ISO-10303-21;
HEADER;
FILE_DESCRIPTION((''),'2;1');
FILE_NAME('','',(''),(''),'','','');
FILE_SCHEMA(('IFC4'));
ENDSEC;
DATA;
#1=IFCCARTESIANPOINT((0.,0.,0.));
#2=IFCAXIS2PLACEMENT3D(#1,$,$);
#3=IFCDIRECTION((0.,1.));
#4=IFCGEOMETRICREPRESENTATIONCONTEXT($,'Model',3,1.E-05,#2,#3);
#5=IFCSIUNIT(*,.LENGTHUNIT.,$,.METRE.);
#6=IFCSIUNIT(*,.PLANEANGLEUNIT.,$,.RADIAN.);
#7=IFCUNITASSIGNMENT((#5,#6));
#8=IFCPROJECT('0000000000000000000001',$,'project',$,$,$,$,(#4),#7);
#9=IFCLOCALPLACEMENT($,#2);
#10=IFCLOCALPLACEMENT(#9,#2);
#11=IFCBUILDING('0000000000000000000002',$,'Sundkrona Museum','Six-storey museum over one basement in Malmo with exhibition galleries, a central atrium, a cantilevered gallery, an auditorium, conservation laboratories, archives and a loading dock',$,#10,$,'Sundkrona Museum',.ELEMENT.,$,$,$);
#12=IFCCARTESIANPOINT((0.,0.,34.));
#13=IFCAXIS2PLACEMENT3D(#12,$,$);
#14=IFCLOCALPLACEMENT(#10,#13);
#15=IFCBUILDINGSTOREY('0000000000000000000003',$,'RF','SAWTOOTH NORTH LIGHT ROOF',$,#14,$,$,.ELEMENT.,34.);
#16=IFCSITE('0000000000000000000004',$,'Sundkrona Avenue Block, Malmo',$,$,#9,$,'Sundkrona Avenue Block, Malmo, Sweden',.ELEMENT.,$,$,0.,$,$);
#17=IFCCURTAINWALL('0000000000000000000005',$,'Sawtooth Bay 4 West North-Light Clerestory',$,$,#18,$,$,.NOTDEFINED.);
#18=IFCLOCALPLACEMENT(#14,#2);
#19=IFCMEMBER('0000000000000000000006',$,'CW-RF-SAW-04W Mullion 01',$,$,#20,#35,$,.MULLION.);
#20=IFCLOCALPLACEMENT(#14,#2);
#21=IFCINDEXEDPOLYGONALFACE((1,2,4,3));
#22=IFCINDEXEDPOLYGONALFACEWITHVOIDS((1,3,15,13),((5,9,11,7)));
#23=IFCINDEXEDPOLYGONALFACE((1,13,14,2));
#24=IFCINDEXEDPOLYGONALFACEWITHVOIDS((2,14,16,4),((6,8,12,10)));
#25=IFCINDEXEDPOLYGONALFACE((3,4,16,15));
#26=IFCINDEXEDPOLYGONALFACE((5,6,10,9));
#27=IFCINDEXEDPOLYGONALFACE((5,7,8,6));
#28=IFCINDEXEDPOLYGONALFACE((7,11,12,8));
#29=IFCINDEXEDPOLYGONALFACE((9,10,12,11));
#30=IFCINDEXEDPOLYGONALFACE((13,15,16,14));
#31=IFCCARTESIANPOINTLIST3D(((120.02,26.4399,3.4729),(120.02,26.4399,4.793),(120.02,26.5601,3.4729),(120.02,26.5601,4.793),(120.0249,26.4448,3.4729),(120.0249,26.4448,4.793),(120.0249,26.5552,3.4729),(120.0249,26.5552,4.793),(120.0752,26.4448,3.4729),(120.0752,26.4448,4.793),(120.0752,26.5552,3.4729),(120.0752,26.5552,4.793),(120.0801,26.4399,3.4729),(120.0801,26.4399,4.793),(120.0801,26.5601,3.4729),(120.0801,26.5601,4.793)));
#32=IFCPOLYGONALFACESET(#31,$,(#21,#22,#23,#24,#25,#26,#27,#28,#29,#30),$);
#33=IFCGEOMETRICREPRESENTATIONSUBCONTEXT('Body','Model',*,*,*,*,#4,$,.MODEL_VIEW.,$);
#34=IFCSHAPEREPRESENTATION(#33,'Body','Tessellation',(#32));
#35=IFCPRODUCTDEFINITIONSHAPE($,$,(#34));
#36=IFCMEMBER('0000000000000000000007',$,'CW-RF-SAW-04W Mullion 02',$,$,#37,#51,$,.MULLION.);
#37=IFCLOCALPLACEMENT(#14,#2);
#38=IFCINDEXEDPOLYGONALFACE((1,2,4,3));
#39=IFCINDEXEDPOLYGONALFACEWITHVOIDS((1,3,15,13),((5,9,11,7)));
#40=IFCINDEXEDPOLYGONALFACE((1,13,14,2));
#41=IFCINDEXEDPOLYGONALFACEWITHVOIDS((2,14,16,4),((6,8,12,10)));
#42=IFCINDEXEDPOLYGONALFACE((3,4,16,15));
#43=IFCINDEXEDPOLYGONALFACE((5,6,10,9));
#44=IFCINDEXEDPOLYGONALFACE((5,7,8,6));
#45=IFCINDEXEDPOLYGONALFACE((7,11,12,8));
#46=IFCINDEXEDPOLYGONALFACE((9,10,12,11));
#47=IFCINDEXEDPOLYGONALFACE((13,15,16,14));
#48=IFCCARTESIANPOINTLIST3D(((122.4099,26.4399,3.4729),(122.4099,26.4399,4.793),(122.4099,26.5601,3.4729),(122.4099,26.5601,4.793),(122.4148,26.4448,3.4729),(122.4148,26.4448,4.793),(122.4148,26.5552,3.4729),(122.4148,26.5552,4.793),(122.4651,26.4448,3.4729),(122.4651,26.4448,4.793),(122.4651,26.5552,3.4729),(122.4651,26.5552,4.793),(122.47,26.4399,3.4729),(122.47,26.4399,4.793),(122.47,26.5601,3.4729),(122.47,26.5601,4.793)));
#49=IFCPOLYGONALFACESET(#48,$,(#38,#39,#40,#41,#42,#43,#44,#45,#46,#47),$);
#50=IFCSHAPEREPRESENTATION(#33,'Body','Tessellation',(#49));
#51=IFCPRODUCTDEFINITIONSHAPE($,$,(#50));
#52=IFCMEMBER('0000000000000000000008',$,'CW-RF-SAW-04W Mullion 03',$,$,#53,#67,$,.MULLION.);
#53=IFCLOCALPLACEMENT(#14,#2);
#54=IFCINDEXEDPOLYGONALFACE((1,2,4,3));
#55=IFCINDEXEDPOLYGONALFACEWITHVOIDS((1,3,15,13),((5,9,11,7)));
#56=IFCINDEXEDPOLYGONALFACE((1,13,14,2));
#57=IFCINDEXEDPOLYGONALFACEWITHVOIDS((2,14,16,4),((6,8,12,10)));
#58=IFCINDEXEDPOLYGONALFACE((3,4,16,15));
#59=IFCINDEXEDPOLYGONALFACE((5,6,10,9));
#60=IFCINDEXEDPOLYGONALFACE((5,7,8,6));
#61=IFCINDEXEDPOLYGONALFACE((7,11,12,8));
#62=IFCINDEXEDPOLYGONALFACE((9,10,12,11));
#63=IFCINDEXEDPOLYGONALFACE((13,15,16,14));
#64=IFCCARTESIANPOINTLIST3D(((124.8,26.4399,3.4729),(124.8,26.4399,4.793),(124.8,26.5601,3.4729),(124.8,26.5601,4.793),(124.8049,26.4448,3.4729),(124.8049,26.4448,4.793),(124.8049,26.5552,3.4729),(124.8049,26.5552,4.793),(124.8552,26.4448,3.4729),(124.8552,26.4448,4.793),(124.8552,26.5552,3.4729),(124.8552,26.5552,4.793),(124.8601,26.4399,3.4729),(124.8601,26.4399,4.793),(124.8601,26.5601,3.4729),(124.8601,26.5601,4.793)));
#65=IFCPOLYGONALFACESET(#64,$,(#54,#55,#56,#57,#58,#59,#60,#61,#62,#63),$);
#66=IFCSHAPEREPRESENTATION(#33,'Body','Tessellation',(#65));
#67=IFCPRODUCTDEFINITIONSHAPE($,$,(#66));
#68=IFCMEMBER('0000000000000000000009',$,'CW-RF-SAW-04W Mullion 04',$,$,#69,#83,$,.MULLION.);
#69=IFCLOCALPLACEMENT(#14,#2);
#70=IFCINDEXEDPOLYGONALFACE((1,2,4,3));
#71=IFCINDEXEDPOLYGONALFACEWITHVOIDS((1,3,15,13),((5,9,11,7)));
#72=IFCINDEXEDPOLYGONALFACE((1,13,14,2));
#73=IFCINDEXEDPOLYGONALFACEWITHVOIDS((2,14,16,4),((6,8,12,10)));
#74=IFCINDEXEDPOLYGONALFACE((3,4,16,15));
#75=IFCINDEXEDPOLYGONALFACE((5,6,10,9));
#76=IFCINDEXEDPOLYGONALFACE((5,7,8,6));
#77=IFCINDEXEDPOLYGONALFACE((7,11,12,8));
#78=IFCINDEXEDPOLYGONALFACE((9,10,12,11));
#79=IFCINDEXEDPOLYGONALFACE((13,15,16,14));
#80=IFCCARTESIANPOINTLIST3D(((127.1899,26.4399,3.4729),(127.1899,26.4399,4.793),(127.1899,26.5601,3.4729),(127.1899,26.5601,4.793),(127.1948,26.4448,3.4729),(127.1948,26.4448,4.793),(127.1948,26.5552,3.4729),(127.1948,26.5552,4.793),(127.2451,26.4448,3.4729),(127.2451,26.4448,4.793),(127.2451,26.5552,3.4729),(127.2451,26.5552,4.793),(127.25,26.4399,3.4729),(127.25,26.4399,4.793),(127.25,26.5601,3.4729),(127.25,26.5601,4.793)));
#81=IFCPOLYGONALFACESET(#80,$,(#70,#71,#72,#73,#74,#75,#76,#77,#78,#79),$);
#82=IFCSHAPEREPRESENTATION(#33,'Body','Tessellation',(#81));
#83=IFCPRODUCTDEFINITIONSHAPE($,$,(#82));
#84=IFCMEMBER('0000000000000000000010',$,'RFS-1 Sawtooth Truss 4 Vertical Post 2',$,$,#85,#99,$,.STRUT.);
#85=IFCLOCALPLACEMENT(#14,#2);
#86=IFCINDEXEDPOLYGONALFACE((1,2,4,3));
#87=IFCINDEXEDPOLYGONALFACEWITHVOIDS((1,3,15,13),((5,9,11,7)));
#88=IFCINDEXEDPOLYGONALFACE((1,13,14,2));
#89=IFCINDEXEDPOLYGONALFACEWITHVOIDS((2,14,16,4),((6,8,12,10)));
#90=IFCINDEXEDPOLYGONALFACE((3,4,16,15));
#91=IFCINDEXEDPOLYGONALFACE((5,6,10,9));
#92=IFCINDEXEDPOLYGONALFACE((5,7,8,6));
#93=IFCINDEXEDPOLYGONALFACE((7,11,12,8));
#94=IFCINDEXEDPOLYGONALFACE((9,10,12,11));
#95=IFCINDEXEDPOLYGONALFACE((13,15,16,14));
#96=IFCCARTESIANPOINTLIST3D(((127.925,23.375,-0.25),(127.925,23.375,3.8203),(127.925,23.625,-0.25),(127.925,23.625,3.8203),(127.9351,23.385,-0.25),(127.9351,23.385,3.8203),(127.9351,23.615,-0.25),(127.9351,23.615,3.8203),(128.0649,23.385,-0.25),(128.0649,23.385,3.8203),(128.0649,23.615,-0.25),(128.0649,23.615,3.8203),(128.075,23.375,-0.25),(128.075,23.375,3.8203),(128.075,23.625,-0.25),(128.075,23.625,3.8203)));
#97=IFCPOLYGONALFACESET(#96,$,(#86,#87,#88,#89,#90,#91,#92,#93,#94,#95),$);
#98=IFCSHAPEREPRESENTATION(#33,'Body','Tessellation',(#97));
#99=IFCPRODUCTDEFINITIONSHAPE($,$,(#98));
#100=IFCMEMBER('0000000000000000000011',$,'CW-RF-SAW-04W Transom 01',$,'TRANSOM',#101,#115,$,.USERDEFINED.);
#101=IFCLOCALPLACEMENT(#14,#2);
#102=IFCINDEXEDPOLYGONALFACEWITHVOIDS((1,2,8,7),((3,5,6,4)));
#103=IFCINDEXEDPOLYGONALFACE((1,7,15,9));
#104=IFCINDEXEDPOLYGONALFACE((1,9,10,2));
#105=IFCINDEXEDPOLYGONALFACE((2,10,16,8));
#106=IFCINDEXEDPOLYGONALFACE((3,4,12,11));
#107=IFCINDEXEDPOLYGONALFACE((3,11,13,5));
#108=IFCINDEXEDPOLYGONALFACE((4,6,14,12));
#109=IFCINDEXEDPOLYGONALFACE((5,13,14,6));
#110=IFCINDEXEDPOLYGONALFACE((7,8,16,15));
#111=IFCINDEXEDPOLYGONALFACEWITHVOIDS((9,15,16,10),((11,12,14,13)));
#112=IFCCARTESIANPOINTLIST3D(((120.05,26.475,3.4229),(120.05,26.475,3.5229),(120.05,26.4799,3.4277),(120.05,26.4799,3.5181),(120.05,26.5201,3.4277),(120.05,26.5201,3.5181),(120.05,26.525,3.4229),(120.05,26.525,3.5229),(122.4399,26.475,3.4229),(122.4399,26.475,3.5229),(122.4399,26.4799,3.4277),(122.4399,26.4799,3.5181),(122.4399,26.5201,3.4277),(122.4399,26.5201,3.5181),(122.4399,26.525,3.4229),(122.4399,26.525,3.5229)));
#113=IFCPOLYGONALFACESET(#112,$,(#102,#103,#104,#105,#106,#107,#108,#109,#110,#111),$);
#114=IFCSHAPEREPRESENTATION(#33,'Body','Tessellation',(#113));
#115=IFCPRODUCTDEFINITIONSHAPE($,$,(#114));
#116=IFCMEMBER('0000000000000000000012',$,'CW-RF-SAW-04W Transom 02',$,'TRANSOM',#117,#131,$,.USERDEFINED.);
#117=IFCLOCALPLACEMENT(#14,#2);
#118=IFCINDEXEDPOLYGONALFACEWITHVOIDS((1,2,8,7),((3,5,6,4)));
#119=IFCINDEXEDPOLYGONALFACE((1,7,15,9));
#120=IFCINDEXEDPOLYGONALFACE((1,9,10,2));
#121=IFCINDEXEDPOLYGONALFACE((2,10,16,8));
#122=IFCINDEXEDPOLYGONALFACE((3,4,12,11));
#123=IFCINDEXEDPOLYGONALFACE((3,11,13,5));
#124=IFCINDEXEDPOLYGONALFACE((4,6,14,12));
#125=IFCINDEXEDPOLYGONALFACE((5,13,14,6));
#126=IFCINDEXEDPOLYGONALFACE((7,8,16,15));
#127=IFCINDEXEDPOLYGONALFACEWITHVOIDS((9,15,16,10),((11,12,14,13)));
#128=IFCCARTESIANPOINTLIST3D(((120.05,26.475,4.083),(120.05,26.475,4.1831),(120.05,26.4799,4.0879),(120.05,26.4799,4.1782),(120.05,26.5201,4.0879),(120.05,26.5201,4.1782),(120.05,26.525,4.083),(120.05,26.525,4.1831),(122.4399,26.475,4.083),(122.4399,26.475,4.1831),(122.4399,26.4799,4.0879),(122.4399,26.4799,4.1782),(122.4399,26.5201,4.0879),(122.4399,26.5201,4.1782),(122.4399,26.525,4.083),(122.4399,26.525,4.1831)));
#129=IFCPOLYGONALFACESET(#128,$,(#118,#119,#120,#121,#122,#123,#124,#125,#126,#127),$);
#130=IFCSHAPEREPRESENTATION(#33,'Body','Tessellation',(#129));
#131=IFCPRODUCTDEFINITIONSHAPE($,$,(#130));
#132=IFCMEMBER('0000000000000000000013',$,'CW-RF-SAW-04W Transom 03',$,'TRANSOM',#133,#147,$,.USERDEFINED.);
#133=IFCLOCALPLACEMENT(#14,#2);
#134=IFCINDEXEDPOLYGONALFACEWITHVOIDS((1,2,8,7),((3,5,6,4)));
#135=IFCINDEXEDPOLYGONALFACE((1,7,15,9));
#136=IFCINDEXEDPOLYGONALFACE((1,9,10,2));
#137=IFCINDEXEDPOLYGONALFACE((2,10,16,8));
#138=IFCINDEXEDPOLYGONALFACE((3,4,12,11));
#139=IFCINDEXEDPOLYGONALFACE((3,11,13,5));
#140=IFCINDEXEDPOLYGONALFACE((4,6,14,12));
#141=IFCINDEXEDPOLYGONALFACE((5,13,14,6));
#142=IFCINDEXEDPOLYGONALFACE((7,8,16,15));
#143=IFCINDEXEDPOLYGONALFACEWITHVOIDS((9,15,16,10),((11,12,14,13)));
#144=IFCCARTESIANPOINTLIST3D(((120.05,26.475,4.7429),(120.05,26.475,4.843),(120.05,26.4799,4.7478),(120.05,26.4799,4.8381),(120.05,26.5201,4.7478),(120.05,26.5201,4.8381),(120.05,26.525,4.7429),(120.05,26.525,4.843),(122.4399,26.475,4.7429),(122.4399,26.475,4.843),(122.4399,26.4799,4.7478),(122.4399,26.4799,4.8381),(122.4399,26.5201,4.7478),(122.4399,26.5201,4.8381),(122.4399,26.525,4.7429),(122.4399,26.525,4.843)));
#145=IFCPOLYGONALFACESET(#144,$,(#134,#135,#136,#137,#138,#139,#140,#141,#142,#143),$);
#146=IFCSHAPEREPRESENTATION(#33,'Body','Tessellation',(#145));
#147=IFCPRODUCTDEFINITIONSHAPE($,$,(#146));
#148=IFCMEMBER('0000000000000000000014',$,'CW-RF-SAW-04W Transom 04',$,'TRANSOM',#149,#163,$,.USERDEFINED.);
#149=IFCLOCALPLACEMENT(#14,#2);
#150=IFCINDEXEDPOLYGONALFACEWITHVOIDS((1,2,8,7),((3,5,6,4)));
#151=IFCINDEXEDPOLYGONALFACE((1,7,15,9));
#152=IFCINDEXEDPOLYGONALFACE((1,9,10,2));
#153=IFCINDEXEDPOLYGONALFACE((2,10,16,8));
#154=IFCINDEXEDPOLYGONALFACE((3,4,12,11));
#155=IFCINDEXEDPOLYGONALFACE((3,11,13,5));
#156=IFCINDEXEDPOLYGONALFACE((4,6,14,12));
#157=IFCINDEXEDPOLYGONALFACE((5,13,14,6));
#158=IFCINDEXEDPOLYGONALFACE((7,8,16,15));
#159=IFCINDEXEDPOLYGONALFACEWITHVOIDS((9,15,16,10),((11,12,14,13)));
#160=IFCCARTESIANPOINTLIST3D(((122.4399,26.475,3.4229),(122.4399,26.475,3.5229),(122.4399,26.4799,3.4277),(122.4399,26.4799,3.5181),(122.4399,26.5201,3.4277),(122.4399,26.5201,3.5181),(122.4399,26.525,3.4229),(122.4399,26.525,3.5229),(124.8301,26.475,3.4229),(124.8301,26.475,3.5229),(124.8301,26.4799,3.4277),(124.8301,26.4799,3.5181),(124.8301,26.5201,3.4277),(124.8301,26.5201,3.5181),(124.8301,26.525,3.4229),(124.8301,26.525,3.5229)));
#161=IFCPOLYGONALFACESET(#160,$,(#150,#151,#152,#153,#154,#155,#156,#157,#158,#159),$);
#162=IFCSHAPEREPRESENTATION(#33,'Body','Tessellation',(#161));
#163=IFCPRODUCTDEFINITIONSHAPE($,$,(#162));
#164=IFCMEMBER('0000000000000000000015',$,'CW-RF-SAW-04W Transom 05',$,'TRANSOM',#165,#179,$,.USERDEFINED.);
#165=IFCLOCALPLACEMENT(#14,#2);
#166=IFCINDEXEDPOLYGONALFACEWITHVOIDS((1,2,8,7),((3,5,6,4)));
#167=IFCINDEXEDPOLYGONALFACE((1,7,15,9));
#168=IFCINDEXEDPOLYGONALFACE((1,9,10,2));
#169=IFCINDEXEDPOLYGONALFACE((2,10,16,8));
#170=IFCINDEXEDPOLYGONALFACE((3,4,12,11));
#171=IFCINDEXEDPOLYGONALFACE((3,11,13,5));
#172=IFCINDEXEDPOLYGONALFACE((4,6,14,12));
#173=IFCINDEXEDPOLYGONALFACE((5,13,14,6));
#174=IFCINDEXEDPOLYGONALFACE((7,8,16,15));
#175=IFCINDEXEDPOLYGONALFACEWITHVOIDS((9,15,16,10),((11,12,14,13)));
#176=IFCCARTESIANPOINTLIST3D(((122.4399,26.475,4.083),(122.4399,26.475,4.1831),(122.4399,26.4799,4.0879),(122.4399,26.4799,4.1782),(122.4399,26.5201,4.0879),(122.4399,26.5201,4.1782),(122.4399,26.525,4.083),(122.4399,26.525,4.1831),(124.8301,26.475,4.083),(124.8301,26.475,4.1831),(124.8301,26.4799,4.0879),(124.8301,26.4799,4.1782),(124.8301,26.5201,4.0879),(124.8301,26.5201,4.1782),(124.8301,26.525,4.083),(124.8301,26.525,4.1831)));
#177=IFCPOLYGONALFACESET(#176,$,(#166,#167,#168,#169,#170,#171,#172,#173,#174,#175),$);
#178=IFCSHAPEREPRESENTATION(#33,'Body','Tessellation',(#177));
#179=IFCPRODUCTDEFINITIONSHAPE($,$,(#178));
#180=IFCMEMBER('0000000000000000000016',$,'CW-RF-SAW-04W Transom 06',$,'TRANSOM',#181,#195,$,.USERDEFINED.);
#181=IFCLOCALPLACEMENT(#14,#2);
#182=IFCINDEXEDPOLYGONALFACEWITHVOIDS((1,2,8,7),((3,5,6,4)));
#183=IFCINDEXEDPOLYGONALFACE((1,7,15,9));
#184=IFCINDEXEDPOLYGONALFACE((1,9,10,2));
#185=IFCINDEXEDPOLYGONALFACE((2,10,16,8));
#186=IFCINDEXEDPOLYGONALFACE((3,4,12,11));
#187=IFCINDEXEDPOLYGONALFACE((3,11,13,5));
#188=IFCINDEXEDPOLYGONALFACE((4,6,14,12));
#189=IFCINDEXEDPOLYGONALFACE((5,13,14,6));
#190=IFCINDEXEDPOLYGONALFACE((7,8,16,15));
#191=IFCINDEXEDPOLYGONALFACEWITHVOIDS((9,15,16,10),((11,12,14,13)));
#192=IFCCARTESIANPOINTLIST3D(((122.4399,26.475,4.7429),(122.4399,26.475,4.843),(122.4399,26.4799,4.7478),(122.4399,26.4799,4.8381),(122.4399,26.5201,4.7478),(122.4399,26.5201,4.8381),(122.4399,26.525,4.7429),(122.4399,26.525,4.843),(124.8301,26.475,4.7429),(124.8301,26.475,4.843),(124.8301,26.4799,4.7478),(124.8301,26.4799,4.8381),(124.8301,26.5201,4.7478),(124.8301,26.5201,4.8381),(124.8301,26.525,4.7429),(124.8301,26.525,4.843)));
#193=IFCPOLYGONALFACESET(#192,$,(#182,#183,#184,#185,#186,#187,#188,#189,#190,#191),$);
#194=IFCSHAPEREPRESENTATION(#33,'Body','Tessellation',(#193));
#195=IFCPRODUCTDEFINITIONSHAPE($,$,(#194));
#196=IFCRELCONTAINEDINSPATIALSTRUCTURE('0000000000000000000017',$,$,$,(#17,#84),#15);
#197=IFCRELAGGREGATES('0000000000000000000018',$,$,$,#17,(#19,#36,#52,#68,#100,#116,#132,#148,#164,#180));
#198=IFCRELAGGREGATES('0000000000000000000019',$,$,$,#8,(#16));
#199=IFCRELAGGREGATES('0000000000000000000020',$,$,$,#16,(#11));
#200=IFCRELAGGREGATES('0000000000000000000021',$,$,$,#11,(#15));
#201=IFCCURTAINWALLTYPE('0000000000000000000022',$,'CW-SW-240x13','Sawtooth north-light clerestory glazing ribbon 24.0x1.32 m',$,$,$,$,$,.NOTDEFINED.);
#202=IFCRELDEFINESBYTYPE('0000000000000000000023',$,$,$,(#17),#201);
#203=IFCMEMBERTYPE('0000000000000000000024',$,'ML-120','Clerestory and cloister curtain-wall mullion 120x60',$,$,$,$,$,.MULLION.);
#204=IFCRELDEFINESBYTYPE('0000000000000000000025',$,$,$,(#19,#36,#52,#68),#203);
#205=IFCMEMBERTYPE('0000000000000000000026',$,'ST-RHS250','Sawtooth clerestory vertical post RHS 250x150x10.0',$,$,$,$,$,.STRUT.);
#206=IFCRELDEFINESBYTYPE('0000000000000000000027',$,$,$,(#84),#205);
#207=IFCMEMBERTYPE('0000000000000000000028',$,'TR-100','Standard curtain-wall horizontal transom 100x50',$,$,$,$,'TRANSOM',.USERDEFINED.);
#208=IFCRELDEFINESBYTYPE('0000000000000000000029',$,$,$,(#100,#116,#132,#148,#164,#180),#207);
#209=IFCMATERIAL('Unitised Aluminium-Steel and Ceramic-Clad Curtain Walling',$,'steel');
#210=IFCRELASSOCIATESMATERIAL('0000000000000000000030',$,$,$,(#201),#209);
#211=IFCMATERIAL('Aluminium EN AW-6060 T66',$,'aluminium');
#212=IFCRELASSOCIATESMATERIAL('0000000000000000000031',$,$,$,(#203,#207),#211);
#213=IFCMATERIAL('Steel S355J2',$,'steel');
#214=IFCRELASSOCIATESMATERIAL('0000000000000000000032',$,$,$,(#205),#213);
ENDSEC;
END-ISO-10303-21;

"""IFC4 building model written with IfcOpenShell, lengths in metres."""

from ifc_helpers import new_model, si_unit, direction, frame, origin, origin_2d, place, context, subcontext, project, spatial, hollow_rectangle, extrude, material, material_profile, profile_set, type_object, element, aggregate, save


model = new_model("IFC4")

# Units and contexts
model_context = context("Model", 3, precision=1e-05, world=origin(), true_north=direction((0.0, 1.0)))
body_context = subcontext(model_context, "Body", "Model", "MODEL_VIEW")
ifc_project = project(units=[si_unit("LENGTHUNIT", "METRE"), si_unit("PLANEANGLEUNIT", "RADIAN")], contexts=[model_context])

# Site, building, storey
site_placement = place(None, origin())
site = spatial("IfcSite", under=ifc_project, at=site_placement, Name="Sundkrona Avenue Block, Malmo", LongName="Sundkrona Avenue Block, Malmo, Sweden", CompositionType="ELEMENT", RefElevation=0.0)
building_placement = place(site_placement, origin())
building = spatial("IfcBuilding", under=site, at=building_placement, Name="Sundkrona Museum", Description="Six-storey museum over one basement in Malmo with exhibition galleries, a central atrium, a cantilevered gallery, an auditorium, conservation laboratories, archives and a loading dock", LongName="Sundkrona Museum", CompositionType="ELEMENT")
storey_placement = place(building_placement, frame((0.0, 0.0, 34.0)))
storey = spatial("IfcBuildingStorey", under=building, at=storey_placement, Name="RF", Description="SAWTOOTH NORTH LIGHT ROOF", CompositionType="ELEMENT", Elevation=34.0)

# Curtain wall, members
ifc_material_1 = material(Name="Unitised Aluminium-Steel and Ceramic-Clad Curtain Walling", Category="steel")
curtain_wall_type = type_object("IfcCurtainWallType", Name="CW-SW-240x13", Description="Sawtooth north-light clerestory glazing ribbon 24.0x1.32 m", PredefinedType="NOTDEFINED", material=ifc_material_1)
curtain_wall_placement = place(storey_placement, origin())
curtain_wall = element("IfcCurtainWall", 1, at=curtain_wall_placement, inside=storey, type_object=curtain_wall_type, Name="Sawtooth Bay 4 West North-Light Clerestory", PredefinedType="NOTDEFINED")
ifc_material_2 = material(Name="Aluminium EN AW-6060 T66", Category="aluminium")
ifc_material_profile_1 = material_profile(ifc_material_2, hollow_rectangle(XDim=0.0601, YDim=0.1201, WallThickness=0.0049, at=origin_2d()), Name="RHS 120x60x5.0")
ifc_profile_set_1 = profile_set([ifc_material_profile_1], Name="Aluminium EN AW-6060 T66")
member_type_1 = type_object("IfcMemberType", Name="ML-120", Description="Clerestory and cloister curtain-wall mullion 120x60", PredefinedType="MULLION", material=ifc_profile_set_1)
member_1_placement = place(storey_placement, frame((120.05, 26.5, 3.4729), z_axis=(0.0, 0.0, 1.0), x_axis=(1.0, 0.0, 0.0)))
member_1 = element("IfcMember", 2, at=member_1_placement, type_object=member_type_1, Name="CW-RF-SAW-04W Mullion 01", PredefinedType="MULLION", context=body_context, shape_type="SweptSolid", body=[
    extrude(hollow_rectangle(XDim=0.0601, YDim=0.1201, WallThickness=0.0049, at=origin_2d()), origin(), (0.0, 0.0, 1.0), 1.3201),
])
member_2_placement = place(storey_placement, frame((122.4399, 26.5, 3.4729), z_axis=(0.0, 0.0, 1.0), x_axis=(1.0, 0.0, 0.0)))
member_2 = element("IfcMember", 3, at=member_2_placement, type_object=member_type_1, Name="CW-RF-SAW-04W Mullion 02", PredefinedType="MULLION", context=body_context, shape_type="SweptSolid", body=[
    extrude(hollow_rectangle(XDim=0.0601, YDim=0.1201, WallThickness=0.0049, at=origin_2d()), origin(), (0.0, 0.0, 1.0), 1.3201),
])
member_3_placement = place(storey_placement, frame((124.8301, 26.5, 3.4729), z_axis=(0.0, 0.0, 1.0), x_axis=(1.0, 0.0, 0.0)))
member_3 = element("IfcMember", 4, at=member_3_placement, type_object=member_type_1, Name="CW-RF-SAW-04W Mullion 03", PredefinedType="MULLION", context=body_context, shape_type="SweptSolid", body=[
    extrude(hollow_rectangle(XDim=0.0601, YDim=0.1201, WallThickness=0.0049, at=origin_2d()), origin(), (0.0, 0.0, 1.0), 1.3201),
])
member_4_placement = place(storey_placement, frame((127.22, 26.5, 3.4729), z_axis=(0.0, 0.0, 1.0), x_axis=(1.0, 0.0, 0.0)))
member_4 = element("IfcMember", 5, at=member_4_placement, type_object=member_type_1, Name="CW-RF-SAW-04W Mullion 04", PredefinedType="MULLION", context=body_context, shape_type="SweptSolid", body=[
    extrude(hollow_rectangle(XDim=0.0601, YDim=0.1201, WallThickness=0.0049, at=origin_2d()), origin(), (0.0, 0.0, 1.0), 1.3201),
])

# Members
ifc_material_3 = material(Name="Steel S355J2", Category="steel")
ifc_material_profile_2 = material_profile(ifc_material_3, hollow_rectangle(XDim=0.1499, YDim=0.25, WallThickness=0.01, at=origin_2d()), Name="RHS 250x150x10.0")
ifc_profile_set_2 = profile_set([ifc_material_profile_2], Name="Steel S355J2")
member_type_2 = type_object("IfcMemberType", Name="ST-RHS250", Description="Sawtooth clerestory vertical post RHS 250x150x10.0", PredefinedType="STRUT", material=ifc_profile_set_2)
member_5_placement = place(storey_placement, frame((128.0, 23.5, -0.25), z_axis=(0.0, 0.0, 1.0), x_axis=(1.0, 0.0, 0.0)))
element("IfcMember", 6, at=member_5_placement, inside=storey, type_object=member_type_2, Name="RFS-1 Sawtooth Truss 4 Vertical Post 2", PredefinedType="STRUT", context=body_context, shape_type="SweptSolid", body=[
    extrude(hollow_rectangle(XDim=0.1499, YDim=0.25, WallThickness=0.01, at=origin_2d()), origin(), (0.0, 0.0, 1.0), 4.0703),
])
ifc_material_profile_3 = material_profile(ifc_material_2, hollow_rectangle(XDim=0.05, YDim=0.1001, WallThickness=0.0049, at=origin_2d()), Name="RHS 100x50x5.0")
ifc_profile_set_3 = profile_set([ifc_material_profile_3], Name="Aluminium EN AW-6060 T66")
member_type_3 = type_object("IfcMemberType", Name="TR-100", Description="Standard curtain-wall horizontal transom 100x50", ElementType="TRANSOM", PredefinedType="USERDEFINED", material=ifc_profile_set_3)
member_6_placement = place(storey_placement, frame((120.05, 26.5, 3.4729), z_axis=(1.0, 0.0, 0.0), x_axis=(0.0, 1.0, 0.0)))
member_6 = element("IfcMember", 7, at=member_6_placement, type_object=member_type_3, Name="CW-RF-SAW-04W Transom 01", ObjectType="TRANSOM", PredefinedType="USERDEFINED", context=body_context, shape_type="SweptSolid", body=[
    extrude(hollow_rectangle(XDim=0.05, YDim=0.1001, WallThickness=0.0049, at=origin_2d()), origin(), (0.0, 0.0, 1.0), 2.3899),
])
member_7_placement = place(storey_placement, frame((120.05, 26.5, 4.1331), z_axis=(1.0, 0.0, 0.0), x_axis=(0.0, 1.0, 0.0)))
member_7 = element("IfcMember", 8, at=member_7_placement, type_object=member_type_3, Name="CW-RF-SAW-04W Transom 02", ObjectType="TRANSOM", PredefinedType="USERDEFINED", context=body_context, shape_type="SweptSolid", body=[
    extrude(hollow_rectangle(XDim=0.05, YDim=0.1001, WallThickness=0.0049, at=origin_2d()), origin(), (0.0, 0.0, 1.0), 2.3899),
])
member_8_placement = place(storey_placement, frame((120.05, 26.5, 4.793), z_axis=(1.0, 0.0, 0.0), x_axis=(0.0, 1.0, 0.0)))
member_8 = element("IfcMember", 9, at=member_8_placement, type_object=member_type_3, Name="CW-RF-SAW-04W Transom 03", ObjectType="TRANSOM", PredefinedType="USERDEFINED", context=body_context, shape_type="SweptSolid", body=[
    extrude(hollow_rectangle(XDim=0.05, YDim=0.1001, WallThickness=0.0049, at=origin_2d()), origin(), (0.0, 0.0, 1.0), 2.3899),
])
member_9_placement = place(storey_placement, frame((122.4399, 26.5, 3.4729), z_axis=(1.0, 0.0, 0.0), x_axis=(0.0, 1.0, 0.0)))
member_9 = element("IfcMember", 10, at=member_9_placement, type_object=member_type_3, Name="CW-RF-SAW-04W Transom 04", ObjectType="TRANSOM", PredefinedType="USERDEFINED", context=body_context, shape_type="SweptSolid", body=[
    extrude(hollow_rectangle(XDim=0.05, YDim=0.1001, WallThickness=0.0049, at=origin_2d()), origin(), (0.0, 0.0, 1.0), 2.3901),
])
member_10_placement = place(storey_placement, frame((122.4399, 26.5, 4.1331), z_axis=(1.0, 0.0, 0.0), x_axis=(0.0, 1.0, 0.0)))
member_10 = element("IfcMember", 11, at=member_10_placement, type_object=member_type_3, Name="CW-RF-SAW-04W Transom 05", ObjectType="TRANSOM", PredefinedType="USERDEFINED", context=body_context, shape_type="SweptSolid", body=[
    extrude(hollow_rectangle(XDim=0.05, YDim=0.1001, WallThickness=0.0049, at=origin_2d()), origin(), (0.0, 0.0, 1.0), 2.3901),
])
member_11_placement = place(storey_placement, frame((122.4399, 26.5, 4.793), z_axis=(1.0, 0.0, 0.0), x_axis=(0.0, 1.0, 0.0)))
member_11 = element("IfcMember", 12, at=member_11_placement, type_object=member_type_3, Name="CW-RF-SAW-04W Transom 06", ObjectType="TRANSOM", PredefinedType="USERDEFINED", context=body_context, shape_type="SweptSolid", body=[
    extrude(hollow_rectangle(XDim=0.05, YDim=0.1001, WallThickness=0.0049, at=origin_2d()), origin(), (0.0, 0.0, 1.0), 2.3901),
])

aggregate(curtain_wall, [member_1, member_2, member_3, member_4, member_6, member_7, member_8, member_9, member_10, member_11])

save(model, "model.ifc")
